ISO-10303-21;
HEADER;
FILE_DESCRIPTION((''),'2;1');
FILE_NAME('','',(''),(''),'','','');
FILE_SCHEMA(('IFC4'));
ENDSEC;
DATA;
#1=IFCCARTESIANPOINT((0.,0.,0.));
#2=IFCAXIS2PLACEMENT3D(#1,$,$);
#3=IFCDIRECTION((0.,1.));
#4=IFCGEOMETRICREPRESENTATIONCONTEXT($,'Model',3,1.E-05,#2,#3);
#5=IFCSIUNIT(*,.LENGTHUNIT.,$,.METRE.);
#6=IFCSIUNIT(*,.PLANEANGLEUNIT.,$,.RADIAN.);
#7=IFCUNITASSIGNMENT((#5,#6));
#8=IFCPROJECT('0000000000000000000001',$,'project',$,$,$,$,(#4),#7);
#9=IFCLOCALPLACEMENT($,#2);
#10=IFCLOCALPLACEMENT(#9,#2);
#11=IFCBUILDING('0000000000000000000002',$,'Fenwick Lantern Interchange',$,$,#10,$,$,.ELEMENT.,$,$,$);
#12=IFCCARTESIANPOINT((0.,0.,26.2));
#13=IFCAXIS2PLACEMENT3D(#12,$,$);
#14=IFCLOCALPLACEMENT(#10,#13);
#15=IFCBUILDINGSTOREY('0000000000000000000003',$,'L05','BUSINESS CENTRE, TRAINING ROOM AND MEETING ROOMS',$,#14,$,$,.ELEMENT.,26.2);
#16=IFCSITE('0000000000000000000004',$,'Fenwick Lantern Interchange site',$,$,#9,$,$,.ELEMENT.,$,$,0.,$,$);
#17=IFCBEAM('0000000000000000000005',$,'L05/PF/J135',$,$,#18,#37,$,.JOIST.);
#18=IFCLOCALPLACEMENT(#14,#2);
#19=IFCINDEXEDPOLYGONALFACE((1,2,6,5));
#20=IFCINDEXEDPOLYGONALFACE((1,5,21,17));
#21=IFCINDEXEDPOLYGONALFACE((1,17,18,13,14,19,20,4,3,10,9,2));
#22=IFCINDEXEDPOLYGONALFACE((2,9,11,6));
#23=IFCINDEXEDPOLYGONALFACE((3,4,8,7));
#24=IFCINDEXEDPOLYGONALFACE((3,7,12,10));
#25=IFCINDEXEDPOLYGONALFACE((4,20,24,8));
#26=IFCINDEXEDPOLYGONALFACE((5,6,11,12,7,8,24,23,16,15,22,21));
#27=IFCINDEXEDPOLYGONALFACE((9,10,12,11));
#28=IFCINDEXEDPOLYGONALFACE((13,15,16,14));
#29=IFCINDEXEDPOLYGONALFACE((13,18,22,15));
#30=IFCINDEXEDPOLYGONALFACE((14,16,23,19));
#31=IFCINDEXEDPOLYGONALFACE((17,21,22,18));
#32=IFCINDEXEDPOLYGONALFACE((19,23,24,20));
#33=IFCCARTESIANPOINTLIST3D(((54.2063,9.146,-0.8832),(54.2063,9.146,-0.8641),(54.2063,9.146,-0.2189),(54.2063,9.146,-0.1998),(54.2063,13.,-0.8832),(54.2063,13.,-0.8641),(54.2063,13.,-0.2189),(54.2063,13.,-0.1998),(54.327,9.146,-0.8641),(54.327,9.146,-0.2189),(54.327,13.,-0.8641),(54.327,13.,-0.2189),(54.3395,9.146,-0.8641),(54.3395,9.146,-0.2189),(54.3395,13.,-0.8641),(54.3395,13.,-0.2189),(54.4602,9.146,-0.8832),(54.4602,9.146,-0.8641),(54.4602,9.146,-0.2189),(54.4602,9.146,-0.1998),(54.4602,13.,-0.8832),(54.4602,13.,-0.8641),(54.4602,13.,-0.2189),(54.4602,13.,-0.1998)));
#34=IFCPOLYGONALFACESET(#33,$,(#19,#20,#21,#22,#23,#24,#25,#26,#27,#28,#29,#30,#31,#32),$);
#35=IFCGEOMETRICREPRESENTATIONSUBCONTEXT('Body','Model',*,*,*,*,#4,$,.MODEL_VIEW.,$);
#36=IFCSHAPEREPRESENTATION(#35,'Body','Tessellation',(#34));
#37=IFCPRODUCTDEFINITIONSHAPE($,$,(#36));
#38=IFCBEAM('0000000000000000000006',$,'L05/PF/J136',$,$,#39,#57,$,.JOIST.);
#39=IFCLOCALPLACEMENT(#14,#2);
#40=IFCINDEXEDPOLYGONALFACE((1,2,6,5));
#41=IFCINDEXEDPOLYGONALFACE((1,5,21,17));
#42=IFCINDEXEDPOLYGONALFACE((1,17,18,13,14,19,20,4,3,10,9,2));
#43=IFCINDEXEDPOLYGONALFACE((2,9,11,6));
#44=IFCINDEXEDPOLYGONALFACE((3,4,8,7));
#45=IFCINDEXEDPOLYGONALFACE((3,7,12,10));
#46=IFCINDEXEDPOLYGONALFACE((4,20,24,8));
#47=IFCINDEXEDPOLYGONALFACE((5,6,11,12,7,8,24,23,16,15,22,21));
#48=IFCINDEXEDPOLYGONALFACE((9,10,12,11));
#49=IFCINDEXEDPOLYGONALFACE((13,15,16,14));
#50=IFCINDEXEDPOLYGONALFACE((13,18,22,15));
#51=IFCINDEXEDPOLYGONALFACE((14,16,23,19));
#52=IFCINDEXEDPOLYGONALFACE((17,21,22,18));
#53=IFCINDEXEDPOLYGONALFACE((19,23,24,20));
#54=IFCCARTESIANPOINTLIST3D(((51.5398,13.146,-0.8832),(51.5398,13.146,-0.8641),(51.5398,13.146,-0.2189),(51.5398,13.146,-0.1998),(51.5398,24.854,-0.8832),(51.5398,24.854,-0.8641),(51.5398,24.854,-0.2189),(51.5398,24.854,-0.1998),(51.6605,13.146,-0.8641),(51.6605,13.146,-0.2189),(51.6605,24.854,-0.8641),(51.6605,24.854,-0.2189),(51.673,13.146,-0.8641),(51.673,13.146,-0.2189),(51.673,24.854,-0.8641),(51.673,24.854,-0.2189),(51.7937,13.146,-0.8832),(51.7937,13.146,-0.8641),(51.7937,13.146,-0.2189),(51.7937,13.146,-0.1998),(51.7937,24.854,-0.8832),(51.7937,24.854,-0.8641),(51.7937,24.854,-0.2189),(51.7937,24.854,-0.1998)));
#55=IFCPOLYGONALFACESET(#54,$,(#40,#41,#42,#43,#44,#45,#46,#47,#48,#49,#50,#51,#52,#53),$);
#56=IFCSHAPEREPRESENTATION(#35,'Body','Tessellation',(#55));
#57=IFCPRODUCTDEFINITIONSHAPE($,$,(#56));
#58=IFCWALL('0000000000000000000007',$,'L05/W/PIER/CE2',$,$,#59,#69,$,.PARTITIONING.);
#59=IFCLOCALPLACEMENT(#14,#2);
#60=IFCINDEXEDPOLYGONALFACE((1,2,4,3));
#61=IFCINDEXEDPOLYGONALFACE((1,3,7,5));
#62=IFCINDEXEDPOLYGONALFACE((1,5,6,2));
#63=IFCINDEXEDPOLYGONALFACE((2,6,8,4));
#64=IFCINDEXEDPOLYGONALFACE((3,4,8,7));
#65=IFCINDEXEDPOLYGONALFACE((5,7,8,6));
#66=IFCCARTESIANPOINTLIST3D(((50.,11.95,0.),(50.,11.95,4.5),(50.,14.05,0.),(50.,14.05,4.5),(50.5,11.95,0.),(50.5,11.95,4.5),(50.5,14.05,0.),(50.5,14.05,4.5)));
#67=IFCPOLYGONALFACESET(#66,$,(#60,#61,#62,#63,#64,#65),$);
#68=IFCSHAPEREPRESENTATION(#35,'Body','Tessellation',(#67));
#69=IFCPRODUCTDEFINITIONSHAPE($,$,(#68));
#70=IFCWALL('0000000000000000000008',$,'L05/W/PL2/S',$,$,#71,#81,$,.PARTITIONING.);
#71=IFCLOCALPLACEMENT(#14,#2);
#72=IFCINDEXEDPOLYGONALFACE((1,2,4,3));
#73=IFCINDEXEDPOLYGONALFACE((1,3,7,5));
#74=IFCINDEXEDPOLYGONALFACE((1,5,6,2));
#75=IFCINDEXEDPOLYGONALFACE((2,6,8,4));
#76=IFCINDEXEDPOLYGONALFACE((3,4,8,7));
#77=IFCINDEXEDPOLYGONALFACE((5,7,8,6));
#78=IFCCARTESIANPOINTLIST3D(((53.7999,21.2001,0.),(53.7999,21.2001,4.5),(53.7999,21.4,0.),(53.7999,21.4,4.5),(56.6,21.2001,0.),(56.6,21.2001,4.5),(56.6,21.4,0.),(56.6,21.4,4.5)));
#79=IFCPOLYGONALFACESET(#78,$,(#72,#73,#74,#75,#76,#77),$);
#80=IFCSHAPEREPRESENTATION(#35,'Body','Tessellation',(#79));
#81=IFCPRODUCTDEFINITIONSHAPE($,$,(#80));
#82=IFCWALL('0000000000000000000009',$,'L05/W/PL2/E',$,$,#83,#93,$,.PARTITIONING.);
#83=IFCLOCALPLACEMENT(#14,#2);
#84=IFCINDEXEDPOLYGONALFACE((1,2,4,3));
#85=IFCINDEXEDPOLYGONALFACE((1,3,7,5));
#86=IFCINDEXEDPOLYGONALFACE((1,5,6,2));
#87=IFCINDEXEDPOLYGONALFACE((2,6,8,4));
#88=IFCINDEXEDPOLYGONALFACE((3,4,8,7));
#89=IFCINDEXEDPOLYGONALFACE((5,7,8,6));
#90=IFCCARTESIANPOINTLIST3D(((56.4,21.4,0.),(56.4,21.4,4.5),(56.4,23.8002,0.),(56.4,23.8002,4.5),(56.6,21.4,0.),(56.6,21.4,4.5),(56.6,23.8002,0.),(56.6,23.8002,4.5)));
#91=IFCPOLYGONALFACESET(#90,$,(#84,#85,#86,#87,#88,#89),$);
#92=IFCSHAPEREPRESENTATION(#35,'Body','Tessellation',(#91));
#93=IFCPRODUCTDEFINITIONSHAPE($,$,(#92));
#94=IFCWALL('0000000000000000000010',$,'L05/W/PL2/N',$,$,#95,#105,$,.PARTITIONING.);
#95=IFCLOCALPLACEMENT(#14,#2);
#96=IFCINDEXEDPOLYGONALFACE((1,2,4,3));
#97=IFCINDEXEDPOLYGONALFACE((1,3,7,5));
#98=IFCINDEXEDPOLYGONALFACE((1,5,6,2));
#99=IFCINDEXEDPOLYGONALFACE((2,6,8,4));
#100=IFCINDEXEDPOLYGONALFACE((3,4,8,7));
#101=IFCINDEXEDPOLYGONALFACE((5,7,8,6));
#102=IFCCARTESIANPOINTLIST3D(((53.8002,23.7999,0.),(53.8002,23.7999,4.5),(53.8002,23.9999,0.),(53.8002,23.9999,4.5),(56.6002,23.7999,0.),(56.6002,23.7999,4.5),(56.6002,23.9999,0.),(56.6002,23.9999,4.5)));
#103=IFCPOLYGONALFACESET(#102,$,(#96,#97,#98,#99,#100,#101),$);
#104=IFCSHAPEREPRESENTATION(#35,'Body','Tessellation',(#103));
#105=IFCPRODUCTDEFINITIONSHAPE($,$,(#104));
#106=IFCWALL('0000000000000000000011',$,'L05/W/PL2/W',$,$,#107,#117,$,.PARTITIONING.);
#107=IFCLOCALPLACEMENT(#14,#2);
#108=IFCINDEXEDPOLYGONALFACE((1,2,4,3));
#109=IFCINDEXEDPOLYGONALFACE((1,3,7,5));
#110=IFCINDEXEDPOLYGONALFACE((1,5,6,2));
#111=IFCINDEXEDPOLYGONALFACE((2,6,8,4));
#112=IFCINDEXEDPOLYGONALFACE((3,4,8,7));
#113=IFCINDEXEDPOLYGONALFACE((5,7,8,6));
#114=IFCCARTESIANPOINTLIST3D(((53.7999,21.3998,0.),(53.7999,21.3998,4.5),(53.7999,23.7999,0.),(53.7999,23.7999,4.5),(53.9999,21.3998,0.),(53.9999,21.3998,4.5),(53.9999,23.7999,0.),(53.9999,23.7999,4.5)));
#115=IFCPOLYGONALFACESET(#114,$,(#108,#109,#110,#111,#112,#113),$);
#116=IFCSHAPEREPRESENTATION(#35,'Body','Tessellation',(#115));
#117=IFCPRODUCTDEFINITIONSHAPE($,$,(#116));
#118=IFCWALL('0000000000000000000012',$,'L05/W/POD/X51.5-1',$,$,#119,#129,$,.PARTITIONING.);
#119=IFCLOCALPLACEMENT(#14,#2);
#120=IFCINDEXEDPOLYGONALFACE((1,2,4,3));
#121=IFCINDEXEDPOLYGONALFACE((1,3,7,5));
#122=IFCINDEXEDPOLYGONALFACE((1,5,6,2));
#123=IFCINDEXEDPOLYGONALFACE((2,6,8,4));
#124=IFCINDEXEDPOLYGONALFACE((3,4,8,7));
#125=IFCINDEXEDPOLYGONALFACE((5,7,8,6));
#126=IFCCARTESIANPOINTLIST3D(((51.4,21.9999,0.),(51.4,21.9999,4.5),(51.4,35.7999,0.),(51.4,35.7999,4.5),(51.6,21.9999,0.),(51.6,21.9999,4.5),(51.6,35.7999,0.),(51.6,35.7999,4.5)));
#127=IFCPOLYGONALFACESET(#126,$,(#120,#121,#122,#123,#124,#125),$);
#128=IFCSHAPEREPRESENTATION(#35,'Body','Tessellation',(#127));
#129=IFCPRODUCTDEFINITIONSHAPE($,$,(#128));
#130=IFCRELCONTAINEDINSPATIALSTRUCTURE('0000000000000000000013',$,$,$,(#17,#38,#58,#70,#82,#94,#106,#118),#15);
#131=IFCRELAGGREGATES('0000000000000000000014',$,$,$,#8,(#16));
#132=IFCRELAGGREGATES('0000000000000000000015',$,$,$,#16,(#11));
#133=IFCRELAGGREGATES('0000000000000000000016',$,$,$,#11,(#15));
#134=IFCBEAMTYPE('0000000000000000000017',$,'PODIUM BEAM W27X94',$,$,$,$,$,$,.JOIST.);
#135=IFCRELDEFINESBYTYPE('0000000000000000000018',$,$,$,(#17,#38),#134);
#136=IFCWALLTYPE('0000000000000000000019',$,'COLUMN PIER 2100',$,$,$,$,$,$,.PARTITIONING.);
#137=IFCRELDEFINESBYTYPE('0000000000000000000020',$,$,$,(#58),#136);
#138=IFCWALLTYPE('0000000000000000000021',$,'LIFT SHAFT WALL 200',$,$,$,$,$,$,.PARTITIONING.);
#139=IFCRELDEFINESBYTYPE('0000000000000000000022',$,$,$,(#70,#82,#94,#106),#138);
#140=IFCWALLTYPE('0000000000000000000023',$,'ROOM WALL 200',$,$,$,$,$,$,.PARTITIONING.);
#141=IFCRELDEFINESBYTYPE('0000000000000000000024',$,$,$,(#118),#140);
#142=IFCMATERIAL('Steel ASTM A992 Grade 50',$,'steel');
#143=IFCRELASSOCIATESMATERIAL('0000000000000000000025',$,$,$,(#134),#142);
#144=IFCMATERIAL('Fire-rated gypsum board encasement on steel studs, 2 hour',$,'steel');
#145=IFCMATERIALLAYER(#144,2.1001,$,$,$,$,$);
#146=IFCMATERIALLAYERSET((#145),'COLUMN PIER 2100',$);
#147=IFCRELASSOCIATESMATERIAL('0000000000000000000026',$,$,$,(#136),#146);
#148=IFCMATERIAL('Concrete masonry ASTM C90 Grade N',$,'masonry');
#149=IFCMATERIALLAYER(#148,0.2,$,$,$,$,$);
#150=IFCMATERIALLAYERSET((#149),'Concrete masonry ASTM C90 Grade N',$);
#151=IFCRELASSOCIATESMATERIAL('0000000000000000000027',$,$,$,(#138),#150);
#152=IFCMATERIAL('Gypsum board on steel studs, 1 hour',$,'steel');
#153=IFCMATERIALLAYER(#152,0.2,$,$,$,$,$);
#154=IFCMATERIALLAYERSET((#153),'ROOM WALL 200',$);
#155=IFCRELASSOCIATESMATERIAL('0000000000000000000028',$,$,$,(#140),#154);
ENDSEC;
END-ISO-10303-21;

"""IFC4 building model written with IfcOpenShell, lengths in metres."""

from ifc_helpers import new_model, si_unit, direction, frame, frame_2d, origin, origin_2d, place, context, subcontext, project, spatial, rectangle, i_section, extrude, material, layer, layer_set, material_profile, profile_set, type_object, element, save


model = new_model("IFC4")

# Units and contexts
model_context = context("Model", 3, precision=1e-05, world=origin(), true_north=direction((0.0, 1.0)))
body_context = subcontext(model_context, "Body", "Model", "MODEL_VIEW")
ifc_project = project(units=[si_unit("LENGTHUNIT", "METRE"), si_unit("PLANEANGLEUNIT", "RADIAN")], contexts=[model_context])

# Site, building, storey
site_placement = place(None, origin())
site = spatial("IfcSite", under=ifc_project, at=site_placement, Name="Fenwick Lantern Interchange site", CompositionType="ELEMENT", RefElevation=0.0)
building_placement = place(site_placement, origin())
building = spatial("IfcBuilding", under=site, at=building_placement, Name="Fenwick Lantern Interchange", CompositionType="ELEMENT")
storey_placement = place(building_placement, frame((0.0, 0.0, 26.2)))
storey = spatial("IfcBuildingStorey", under=building, at=storey_placement, Name="L05", Description="BUSINESS CENTRE, TRAINING ROOM AND MEETING ROOMS", CompositionType="ELEMENT", Elevation=26.2)

# Shared definitions
ifc_material_1 = material(Name="Steel ASTM A992 Grade 50", Category="steel")

# Beams
ifc_material_profile_1 = material_profile(ifc_material_1, i_section(OverallWidth=0.2539, OverallDepth=0.6833, WebThickness=0.0125, FlangeThickness=0.019, at=origin_2d()), Name="W27X94")
ifc_profile_set_1 = profile_set([ifc_material_profile_1], Name="Steel ASTM A992 Grade 50")
beam_type_1 = type_object("IfcBeamType", Name="PODIUM BEAM W27X94", PredefinedType="JOIST", material=ifc_profile_set_1)
beam_1_placement = place(storey_placement, frame((54.3333, 9.146, -0.5415), z_axis=(0.0, 1.0, 0.0), x_axis=(-1.0, 0.0, 0.0)))
element("IfcBeam", 1, at=beam_1_placement, inside=storey, type_object=beam_type_1, Name="L05/PF/J135", PredefinedType="JOIST", context=body_context, shape_type="SweptSolid", body=[
    extrude(i_section(OverallWidth=0.2539, OverallDepth=0.6833, WebThickness=0.0125, FlangeThickness=0.019, at=origin_2d()), origin(), (0.0, 0.0, 1.0), 3.854),
])
beam_2_placement = place(storey_placement, frame((51.6667, 13.146, -0.5415), z_axis=(0.0, 1.0, 0.0), x_axis=(-1.0, 0.0, 0.0)))
element("IfcBeam", 2, at=beam_2_placement, inside=storey, type_object=beam_type_1, Name="L05/PF/J136", PredefinedType="JOIST", context=body_context, shape_type="SweptSolid", body=[
    extrude(i_section(OverallWidth=0.2539, OverallDepth=0.6833, WebThickness=0.0125, FlangeThickness=0.019, at=origin_2d()), origin(), (0.0, 0.0, 1.0), 11.708),
])

# Walls
ifc_material_2 = material(Name="Fire-rated gypsum board encasement on steel studs, 2 hour", Category="steel")
ifc_layer_1 = layer(ifc_material_2, 2.1001)
ifc_layer_set_1 = layer_set([ifc_layer_1], Name="COLUMN PIER 2100")
wall_type_1 = type_object("IfcWallType", Name="COLUMN PIER 2100", PredefinedType="PARTITIONING", material=ifc_layer_set_1)
wall_1_placement = place(storey_placement, frame((50.5, 13.0, 0.0), z_axis=(0.0, 0.0, 1.0), x_axis=(-1.0, 0.0, 0.0)))
element("IfcWall", 3, at=wall_1_placement, inside=storey, type_object=wall_type_1, Name="L05/W/PIER/CE2", PredefinedType="PARTITIONING", context=body_context, shape_type="SweptSolid", body=[
    extrude(rectangle(XDim=0.5, YDim=2.1001, at=frame_2d((0.25, 0.0))), origin(), (0.0, 0.0, 1.0), 4.5),
])
ifc_material_3 = material(Name="Concrete masonry ASTM C90 Grade N", Category="masonry")
ifc_layer_2 = layer(ifc_material_3, 0.2)
ifc_layer_set_2 = layer_set([ifc_layer_2], Name="Concrete masonry ASTM C90 Grade N")
wall_type_2 = type_object("IfcWallType", Name="LIFT SHAFT WALL 200", PredefinedType="PARTITIONING", material=ifc_layer_set_2)
wall_2_placement = place(storey_placement, frame((53.8, 21.3, 0.0), z_axis=(0.0, 0.0, 1.0), x_axis=(1.0, 0.0, 0.0)))
element("IfcWall", 4, at=wall_2_placement, inside=storey, type_object=wall_type_2, Name="L05/W/PL2/S", PredefinedType="PARTITIONING", context=body_context, shape_type="SweptSolid", body=[
    extrude(rectangle(XDim=2.8, YDim=0.2, at=frame_2d((1.3999, 0.0))), origin(), (0.0, 0.0, 1.0), 4.5),
])
wall_3_placement = place(storey_placement, frame((56.5, 21.3999, 0.0), z_axis=(0.0, 0.0, 1.0), x_axis=(0.0, 1.0, 0.0)))
element("IfcWall", 5, at=wall_3_placement, inside=storey, type_object=wall_type_2, Name="L05/W/PL2/E", PredefinedType="PARTITIONING", context=body_context, shape_type="SweptSolid", body=[
    extrude(rectangle(XDim=2.4001, YDim=0.2, at=frame_2d((1.2002, 0.0))), origin(), (0.0, 0.0, 1.0), 4.5),
])
wall_4_placement = place(storey_placement, frame((56.6001, 23.8999, 0.0), z_axis=(0.0, 0.0, 1.0), x_axis=(-1.0, 0.0, 0.0)))
element("IfcWall", 6, at=wall_4_placement, inside=storey, type_object=wall_type_2, Name="L05/W/PL2/N", PredefinedType="PARTITIONING", context=body_context, shape_type="SweptSolid", body=[
    extrude(rectangle(XDim=2.8, YDim=0.2, at=frame_2d((1.3999, 0.0))), origin(), (0.0, 0.0, 1.0), 4.5),
])
wall_5_placement = place(storey_placement, frame((53.8999, 23.8, 0.0), z_axis=(0.0, 0.0, 1.0), x_axis=(0.0, -1.0, 0.0)))
element("IfcWall", 7, at=wall_5_placement, inside=storey, type_object=wall_type_2, Name="L05/W/PL2/W", PredefinedType="PARTITIONING", context=body_context, shape_type="SweptSolid", body=[
    extrude(rectangle(XDim=2.4001, YDim=0.2, at=frame_2d((1.2002, 0.0))), origin(), (0.0, 0.0, 1.0), 4.5),
])
ifc_material_4 = material(Name="Gypsum board on steel studs, 1 hour", Category="steel")
ifc_layer_3 = layer(ifc_material_4, 0.2)
ifc_layer_set_3 = layer_set([ifc_layer_3], Name="ROOM WALL 200")
wall_type_3 = type_object("IfcWallType", Name="ROOM WALL 200", PredefinedType="PARTITIONING", material=ifc_layer_set_3)
wall_6_placement = place(storey_placement, frame((51.5, 22.0, 0.0), z_axis=(0.0, 0.0, 1.0), x_axis=(0.0, 1.0, 0.0)))
element("IfcWall", 8, at=wall_6_placement, inside=storey, type_object=wall_type_3, Name="L05/W/POD/X51.5-1", PredefinedType="PARTITIONING", context=body_context, shape_type="SweptSolid", body=[
    extrude(rectangle(XDim=13.8, YDim=0.2, at=frame_2d((6.8999, 0.0))), origin(), (0.0, 0.0, 1.0), 4.5),
])

save(model, "model.ifc")
